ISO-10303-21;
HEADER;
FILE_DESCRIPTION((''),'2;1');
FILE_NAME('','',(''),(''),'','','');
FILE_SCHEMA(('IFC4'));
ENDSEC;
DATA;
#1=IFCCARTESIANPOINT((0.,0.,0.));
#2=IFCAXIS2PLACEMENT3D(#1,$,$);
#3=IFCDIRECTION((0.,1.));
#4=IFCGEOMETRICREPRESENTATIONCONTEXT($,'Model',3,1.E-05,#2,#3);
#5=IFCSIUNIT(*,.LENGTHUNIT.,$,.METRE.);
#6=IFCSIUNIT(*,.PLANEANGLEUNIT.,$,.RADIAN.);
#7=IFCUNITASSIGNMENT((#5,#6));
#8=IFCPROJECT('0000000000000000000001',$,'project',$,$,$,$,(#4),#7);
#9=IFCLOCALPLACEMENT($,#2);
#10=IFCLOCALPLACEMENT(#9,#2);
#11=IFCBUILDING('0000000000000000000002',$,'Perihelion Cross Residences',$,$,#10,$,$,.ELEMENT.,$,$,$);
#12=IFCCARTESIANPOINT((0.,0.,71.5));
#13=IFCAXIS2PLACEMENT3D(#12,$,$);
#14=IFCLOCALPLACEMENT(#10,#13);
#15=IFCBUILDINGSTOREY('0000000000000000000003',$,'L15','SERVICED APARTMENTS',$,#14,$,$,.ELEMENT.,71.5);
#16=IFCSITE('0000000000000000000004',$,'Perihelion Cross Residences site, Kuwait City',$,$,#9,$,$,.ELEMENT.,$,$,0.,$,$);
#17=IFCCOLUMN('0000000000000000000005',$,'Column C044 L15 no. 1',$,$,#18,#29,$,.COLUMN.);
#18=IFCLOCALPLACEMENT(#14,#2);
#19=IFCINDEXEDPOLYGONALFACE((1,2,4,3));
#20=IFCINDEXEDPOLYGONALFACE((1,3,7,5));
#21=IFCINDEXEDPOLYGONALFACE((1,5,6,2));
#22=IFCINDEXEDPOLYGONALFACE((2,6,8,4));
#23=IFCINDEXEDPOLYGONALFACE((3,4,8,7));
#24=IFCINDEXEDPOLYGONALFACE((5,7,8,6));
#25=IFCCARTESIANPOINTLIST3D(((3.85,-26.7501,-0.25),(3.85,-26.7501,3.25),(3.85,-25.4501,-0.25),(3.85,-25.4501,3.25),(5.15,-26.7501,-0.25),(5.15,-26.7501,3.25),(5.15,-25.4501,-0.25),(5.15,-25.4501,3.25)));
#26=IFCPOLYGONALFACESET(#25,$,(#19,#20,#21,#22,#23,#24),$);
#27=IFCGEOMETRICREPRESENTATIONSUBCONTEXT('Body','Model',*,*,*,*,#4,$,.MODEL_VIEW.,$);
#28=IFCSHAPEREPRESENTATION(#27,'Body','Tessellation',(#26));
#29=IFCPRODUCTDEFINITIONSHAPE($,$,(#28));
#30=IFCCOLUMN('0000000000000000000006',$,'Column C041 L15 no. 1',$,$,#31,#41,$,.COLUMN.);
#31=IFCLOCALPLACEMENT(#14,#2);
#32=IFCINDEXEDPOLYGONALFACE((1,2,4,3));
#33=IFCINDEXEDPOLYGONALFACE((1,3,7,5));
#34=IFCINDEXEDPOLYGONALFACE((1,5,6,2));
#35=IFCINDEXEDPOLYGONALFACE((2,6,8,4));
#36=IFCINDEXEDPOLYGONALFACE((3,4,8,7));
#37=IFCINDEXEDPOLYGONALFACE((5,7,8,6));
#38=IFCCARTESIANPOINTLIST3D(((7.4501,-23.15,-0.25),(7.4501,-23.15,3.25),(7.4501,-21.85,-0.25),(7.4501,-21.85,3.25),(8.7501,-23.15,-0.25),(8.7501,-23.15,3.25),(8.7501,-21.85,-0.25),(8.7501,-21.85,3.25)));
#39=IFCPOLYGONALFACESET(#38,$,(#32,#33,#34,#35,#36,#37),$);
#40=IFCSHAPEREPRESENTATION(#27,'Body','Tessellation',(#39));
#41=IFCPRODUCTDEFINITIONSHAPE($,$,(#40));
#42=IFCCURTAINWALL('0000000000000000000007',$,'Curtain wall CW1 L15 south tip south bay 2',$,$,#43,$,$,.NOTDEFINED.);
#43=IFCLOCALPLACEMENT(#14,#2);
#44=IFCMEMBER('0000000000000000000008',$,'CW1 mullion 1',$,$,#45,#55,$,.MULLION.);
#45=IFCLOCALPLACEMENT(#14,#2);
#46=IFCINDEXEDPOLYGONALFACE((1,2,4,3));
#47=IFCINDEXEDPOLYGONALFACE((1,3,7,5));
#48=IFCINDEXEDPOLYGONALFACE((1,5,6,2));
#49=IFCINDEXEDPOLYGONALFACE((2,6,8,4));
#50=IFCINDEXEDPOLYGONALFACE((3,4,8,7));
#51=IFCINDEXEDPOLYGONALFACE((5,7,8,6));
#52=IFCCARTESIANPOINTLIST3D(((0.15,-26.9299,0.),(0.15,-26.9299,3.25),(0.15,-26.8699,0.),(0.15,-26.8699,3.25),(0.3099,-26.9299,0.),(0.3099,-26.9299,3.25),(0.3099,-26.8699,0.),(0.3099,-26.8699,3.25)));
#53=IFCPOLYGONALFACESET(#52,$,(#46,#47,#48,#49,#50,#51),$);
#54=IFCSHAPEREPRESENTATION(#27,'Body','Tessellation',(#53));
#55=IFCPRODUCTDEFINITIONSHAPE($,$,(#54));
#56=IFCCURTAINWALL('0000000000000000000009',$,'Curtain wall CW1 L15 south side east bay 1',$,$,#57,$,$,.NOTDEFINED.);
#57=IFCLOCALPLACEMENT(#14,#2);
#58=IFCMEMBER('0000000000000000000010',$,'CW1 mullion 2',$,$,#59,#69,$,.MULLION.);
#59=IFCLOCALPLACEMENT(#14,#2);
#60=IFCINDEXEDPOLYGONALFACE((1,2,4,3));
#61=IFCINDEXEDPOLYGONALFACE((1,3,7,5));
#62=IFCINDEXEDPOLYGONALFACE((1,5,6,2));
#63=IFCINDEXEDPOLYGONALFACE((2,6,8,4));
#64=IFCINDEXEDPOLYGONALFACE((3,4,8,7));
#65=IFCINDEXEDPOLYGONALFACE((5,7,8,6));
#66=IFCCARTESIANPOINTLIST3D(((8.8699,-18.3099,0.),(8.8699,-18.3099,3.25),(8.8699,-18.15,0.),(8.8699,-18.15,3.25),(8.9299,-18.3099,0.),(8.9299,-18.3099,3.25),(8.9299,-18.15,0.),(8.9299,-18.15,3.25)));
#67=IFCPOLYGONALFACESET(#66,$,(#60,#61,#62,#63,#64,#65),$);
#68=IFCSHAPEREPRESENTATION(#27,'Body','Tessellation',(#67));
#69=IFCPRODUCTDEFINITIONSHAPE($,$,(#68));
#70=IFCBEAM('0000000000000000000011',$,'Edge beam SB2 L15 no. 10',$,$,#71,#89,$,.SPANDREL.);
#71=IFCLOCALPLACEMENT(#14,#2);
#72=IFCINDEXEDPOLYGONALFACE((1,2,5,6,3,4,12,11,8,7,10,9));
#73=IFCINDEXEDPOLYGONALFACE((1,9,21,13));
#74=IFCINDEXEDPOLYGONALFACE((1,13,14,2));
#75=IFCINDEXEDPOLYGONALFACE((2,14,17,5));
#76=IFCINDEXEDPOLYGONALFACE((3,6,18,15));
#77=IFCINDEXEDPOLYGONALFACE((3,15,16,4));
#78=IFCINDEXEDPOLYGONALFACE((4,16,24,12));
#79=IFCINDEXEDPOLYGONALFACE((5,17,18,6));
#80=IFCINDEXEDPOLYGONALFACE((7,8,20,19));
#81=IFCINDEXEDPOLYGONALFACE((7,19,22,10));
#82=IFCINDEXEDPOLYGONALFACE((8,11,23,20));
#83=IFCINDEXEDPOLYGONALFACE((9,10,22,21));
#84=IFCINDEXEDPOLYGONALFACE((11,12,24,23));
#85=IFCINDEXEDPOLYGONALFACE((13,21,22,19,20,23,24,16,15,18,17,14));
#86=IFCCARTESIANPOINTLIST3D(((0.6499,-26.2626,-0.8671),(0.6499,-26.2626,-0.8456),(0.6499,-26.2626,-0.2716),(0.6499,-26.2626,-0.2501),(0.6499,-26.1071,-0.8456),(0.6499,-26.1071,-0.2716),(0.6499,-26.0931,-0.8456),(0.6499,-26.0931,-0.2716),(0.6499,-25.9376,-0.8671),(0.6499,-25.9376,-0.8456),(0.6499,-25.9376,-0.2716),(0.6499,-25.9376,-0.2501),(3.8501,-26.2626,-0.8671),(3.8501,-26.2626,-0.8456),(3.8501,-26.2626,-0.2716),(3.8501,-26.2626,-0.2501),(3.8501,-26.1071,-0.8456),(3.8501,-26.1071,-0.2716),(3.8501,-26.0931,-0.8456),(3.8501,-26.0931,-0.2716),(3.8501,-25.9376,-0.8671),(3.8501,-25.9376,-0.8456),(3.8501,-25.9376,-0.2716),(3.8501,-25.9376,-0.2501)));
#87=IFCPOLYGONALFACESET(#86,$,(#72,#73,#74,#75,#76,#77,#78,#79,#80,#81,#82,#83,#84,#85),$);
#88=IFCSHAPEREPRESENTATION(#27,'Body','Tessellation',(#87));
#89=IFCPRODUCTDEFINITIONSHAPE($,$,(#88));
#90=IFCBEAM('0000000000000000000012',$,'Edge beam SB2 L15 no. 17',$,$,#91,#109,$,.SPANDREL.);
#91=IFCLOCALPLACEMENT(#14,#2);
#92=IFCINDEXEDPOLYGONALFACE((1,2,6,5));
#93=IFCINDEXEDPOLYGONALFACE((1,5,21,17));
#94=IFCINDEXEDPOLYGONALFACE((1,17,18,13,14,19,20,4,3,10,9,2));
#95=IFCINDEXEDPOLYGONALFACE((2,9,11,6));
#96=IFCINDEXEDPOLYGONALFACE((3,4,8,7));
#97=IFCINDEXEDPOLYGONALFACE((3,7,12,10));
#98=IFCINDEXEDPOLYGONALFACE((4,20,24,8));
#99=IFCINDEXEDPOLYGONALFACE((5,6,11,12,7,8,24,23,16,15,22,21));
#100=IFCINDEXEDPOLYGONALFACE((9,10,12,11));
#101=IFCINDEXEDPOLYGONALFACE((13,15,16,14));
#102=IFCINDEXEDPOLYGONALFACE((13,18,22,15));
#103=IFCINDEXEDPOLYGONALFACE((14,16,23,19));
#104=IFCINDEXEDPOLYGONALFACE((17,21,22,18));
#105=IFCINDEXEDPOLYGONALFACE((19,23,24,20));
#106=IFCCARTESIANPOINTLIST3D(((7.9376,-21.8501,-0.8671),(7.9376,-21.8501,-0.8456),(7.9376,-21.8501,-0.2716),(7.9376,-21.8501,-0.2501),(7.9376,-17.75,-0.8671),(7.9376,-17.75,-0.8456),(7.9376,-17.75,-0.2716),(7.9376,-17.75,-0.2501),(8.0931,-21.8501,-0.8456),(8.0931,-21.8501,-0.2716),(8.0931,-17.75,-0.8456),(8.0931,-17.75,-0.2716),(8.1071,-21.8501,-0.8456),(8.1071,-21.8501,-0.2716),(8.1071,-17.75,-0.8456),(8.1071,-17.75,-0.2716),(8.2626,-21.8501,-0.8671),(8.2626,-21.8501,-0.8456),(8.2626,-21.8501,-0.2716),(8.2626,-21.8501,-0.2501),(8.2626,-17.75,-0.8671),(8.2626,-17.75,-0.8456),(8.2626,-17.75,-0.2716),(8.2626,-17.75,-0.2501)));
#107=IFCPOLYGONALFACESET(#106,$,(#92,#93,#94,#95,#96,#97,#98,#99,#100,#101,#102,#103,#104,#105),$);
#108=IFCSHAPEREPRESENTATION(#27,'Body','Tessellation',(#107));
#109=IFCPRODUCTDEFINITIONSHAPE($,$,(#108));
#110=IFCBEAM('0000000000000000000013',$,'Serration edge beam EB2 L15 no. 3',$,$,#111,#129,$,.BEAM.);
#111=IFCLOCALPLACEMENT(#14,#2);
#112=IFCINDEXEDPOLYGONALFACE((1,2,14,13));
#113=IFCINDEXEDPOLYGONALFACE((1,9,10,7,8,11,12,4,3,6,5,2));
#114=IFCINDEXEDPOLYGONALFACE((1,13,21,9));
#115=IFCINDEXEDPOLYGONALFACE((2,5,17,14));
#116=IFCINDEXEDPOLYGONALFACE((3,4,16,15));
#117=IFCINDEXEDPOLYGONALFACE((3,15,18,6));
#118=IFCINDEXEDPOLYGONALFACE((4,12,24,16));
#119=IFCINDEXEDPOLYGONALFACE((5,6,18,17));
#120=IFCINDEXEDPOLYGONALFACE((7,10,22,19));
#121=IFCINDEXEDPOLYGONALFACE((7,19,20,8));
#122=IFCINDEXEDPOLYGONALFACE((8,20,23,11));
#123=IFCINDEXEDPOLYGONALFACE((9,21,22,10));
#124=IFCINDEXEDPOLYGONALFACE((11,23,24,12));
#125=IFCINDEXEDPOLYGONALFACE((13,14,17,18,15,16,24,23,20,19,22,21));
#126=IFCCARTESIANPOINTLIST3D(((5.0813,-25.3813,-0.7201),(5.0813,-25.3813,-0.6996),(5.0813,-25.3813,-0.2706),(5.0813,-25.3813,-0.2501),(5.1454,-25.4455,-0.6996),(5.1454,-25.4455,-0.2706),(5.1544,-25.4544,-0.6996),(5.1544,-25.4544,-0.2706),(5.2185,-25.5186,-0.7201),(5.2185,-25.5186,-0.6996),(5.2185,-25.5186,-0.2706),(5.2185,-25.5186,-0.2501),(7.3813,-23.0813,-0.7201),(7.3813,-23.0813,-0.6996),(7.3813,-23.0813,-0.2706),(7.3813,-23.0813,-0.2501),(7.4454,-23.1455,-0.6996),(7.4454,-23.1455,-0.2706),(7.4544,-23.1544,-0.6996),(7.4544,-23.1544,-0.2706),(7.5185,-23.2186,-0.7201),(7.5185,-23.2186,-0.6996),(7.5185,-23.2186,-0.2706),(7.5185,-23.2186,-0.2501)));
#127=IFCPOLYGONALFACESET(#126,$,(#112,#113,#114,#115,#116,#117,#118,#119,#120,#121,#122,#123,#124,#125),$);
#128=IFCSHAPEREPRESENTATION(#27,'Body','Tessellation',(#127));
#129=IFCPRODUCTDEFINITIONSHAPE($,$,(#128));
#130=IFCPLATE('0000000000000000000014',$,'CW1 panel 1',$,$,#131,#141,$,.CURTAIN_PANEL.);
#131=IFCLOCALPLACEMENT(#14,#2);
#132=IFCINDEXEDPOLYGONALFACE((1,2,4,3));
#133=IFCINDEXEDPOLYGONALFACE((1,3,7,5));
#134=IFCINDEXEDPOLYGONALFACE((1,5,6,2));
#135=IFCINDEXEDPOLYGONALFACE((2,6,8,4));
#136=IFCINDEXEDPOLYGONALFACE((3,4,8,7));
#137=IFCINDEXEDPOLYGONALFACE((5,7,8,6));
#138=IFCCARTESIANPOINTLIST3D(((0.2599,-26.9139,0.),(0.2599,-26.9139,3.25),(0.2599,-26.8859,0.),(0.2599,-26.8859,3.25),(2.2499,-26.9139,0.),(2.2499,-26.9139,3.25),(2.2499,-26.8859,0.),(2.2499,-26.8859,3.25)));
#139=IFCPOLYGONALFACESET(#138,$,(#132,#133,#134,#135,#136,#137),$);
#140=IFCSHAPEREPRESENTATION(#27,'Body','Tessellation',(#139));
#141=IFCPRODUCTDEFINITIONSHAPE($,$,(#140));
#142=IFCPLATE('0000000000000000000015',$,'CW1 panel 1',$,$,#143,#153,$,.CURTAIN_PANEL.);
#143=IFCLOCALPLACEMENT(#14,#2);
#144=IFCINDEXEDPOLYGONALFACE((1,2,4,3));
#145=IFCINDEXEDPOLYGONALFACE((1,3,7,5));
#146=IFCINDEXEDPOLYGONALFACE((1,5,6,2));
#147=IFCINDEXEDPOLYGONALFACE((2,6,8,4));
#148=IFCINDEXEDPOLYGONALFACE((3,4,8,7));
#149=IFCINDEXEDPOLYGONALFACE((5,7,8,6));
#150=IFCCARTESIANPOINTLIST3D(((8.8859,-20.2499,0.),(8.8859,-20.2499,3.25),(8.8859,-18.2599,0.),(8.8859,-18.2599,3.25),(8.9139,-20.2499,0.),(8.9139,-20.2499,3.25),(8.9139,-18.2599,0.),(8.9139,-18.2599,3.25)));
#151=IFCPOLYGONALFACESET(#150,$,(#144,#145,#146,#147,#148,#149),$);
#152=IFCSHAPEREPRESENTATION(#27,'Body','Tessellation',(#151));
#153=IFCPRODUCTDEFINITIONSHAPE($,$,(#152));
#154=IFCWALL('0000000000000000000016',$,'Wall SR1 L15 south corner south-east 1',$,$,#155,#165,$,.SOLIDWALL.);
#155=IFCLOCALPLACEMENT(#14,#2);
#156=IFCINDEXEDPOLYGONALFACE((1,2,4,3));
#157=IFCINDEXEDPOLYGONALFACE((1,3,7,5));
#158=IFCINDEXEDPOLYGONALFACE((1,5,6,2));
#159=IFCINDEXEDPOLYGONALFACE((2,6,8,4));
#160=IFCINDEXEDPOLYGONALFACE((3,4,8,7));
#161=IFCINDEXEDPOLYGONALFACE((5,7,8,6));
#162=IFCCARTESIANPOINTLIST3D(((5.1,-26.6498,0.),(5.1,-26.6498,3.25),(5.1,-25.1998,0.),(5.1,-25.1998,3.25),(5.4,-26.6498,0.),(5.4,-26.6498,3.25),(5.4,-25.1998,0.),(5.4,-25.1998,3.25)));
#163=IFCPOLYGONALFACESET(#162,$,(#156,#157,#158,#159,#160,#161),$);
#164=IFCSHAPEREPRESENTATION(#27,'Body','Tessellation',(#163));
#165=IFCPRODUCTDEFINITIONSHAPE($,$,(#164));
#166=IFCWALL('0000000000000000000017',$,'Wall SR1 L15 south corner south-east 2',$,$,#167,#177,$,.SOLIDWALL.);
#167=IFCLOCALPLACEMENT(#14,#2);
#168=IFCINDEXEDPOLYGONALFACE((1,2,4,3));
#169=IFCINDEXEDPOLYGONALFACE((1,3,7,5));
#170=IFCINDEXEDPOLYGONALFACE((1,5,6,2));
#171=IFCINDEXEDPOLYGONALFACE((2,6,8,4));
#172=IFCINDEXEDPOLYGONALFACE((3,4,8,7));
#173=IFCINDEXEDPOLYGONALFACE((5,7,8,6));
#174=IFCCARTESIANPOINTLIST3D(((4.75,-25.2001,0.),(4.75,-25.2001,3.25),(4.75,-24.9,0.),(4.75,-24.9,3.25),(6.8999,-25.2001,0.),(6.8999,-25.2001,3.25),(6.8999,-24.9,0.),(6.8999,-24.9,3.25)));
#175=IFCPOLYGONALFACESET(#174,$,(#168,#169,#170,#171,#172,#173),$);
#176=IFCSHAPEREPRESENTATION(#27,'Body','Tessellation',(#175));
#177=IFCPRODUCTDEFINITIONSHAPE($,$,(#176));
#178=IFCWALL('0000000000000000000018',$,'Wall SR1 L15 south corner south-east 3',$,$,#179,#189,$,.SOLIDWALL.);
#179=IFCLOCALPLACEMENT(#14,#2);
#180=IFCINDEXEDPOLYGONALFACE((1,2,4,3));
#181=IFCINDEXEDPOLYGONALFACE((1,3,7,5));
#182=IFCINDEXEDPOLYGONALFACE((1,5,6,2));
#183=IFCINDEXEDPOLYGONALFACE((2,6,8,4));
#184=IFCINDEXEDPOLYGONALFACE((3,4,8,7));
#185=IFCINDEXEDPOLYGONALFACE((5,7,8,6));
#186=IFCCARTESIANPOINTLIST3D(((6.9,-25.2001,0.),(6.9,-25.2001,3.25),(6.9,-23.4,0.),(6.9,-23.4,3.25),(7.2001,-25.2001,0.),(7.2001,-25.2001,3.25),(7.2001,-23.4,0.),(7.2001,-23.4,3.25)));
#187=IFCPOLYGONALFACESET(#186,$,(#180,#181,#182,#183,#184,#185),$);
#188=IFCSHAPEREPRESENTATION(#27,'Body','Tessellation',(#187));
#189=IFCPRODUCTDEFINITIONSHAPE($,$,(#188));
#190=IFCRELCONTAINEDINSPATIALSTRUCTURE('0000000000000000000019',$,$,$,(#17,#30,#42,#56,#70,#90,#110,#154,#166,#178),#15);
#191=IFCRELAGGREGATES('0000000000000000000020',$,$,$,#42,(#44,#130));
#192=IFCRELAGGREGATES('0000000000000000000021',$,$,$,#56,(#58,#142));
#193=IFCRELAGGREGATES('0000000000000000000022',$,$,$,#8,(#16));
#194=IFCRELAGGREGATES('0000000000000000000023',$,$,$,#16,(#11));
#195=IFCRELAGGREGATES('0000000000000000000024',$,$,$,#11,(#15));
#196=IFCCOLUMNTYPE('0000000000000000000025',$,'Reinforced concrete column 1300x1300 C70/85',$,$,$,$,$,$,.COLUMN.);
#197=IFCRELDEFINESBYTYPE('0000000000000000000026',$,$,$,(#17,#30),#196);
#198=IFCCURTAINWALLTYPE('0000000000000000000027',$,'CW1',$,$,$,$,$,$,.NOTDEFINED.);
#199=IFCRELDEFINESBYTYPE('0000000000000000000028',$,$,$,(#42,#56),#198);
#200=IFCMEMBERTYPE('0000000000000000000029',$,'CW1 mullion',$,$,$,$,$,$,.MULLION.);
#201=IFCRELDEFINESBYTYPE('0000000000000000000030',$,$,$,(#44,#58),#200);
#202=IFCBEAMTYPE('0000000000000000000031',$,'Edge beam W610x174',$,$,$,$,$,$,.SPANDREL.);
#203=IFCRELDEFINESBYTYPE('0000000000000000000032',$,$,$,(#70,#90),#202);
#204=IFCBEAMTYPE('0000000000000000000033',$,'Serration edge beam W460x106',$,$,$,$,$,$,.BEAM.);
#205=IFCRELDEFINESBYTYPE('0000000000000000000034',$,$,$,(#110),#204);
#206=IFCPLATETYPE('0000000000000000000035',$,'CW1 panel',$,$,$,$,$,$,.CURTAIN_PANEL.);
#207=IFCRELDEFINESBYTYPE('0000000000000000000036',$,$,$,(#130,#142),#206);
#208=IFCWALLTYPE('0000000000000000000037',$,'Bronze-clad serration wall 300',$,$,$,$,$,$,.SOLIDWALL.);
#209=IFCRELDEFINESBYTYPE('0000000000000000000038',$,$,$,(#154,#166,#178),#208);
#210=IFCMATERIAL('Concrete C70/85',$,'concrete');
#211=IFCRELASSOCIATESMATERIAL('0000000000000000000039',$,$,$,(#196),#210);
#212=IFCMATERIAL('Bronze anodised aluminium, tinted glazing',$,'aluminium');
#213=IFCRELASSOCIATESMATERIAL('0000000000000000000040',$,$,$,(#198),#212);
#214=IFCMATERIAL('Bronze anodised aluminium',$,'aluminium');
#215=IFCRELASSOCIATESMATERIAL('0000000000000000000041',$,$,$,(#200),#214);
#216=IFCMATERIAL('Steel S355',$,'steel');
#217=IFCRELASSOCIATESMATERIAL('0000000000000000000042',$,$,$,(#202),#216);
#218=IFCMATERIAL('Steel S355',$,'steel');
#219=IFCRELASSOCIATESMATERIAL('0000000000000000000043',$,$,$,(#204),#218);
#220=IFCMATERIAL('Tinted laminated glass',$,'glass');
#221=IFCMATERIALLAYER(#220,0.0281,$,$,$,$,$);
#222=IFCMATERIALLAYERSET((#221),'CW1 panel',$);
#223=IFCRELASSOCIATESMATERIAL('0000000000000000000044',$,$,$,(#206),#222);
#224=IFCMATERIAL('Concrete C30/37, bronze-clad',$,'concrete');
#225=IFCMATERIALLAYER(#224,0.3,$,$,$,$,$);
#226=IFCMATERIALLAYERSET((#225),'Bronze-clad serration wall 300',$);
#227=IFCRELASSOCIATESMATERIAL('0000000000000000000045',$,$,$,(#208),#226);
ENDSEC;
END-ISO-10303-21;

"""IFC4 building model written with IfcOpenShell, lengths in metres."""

from ifc_helpers import new_model, si_unit, direction, frame, frame_2d, origin, origin_2d, place, context, subcontext, project, spatial, rectangle, i_section, extrude, material, layer, layer_set, material_profile, profile_set, type_object, element, aggregate, save


model = new_model("IFC4")

# Units and contexts
model_context = context("Model", 3, precision=1e-05, world=origin(), true_north=direction((0.0, 1.0)))
body_context = subcontext(model_context, "Body", "Model", "MODEL_VIEW")
ifc_project = project(units=[si_unit("LENGTHUNIT", "METRE"), si_unit("PLANEANGLEUNIT", "RADIAN")], contexts=[model_context])

# Site, building, storey
site_placement = place(None, origin())
site = spatial("IfcSite", under=ifc_project, at=site_placement, Name="Perihelion Cross Residences site, Kuwait City", CompositionType="ELEMENT", RefElevation=0.0)
building_placement = place(site_placement, origin())
building = spatial("IfcBuilding", under=site, at=building_placement, Name="Perihelion Cross Residences", CompositionType="ELEMENT")
storey_placement = place(building_placement, frame((0.0, 0.0, 71.5)))
storey = spatial("IfcBuildingStorey", under=building, at=storey_placement, Name="L15", Description="SERVICED APARTMENTS", CompositionType="ELEMENT", Elevation=71.5)

# Columns
ifc_material_1 = material(Name="Concrete C70/85", Category="concrete")
ifc_material_profile_1 = material_profile(ifc_material_1, rectangle(XDim=1.3, YDim=1.3, at=origin_2d()), Name="RC 1300x1300")
ifc_profile_set_1 = profile_set([ifc_material_profile_1], Name="Concrete C70/85")
column_type = type_object("IfcColumnType", Name="Reinforced concrete column 1300x1300 C70/85", PredefinedType="COLUMN", material=ifc_profile_set_1)
for number, where, z_axis, x_axis, name in (
    (1, (4.5, -26.1001, -0.25), (0.0, 0.0, 1.0), (1.0, 0.0, 0.0), "Column C044 L15 no. 1"),
    (2, (8.1001, -22.5, -0.25), (0.0, 0.0, 1.0), (1.0, 0.0, 0.0), "Column C041 L15 no. 1"),
):
    element("IfcColumn", number, at=place(storey_placement, frame(where, z_axis=z_axis, x_axis=x_axis)), inside=storey, type_object=column_type, Name=name, PredefinedType="COLUMN", context=body_context, shape_type="SweptSolid", body=[
        extrude(rectangle(XDim=1.3, YDim=1.3, at=origin_2d()), origin(), (0.0, 0.0, 1.0), 3.5),
    ])

# Curtain walls, members
ifc_material_2 = material(Name="Bronze anodised aluminium, tinted glazing", Category="aluminium")
curtain_wall_type = type_object("IfcCurtainWallType", Name="CW1", PredefinedType="NOTDEFINED", material=ifc_material_2)
curtain_wall_1_placement = place(storey_placement, origin())
curtain_wall_1 = element("IfcCurtainWall", 3, at=curtain_wall_1_placement, inside=storey, type_object=curtain_wall_type, Name="Curtain wall CW1 L15 south tip south bay 2", PredefinedType="NOTDEFINED")
ifc_material_3 = material(Name="Bronze anodised aluminium", Category="aluminium")
ifc_material_profile_2 = material_profile(ifc_material_3, rectangle(XDim=0.0601, YDim=0.1599, at=origin_2d()), Name="CW1 mullion")
ifc_profile_set_2 = profile_set([ifc_material_profile_2], Name="Bronze anodised aluminium")
member_type = type_object("IfcMemberType", Name="CW1 mullion", PredefinedType="MULLION", material=ifc_profile_set_2)
member_1_placement = place(storey_placement, frame((0.23, -26.8999, 0.0), z_axis=(0.0, 0.0, 1.0), x_axis=(0.0, 1.0, 0.0)))
member_1 = element("IfcMember", 4, at=member_1_placement, type_object=member_type, Name="CW1 mullion 1", PredefinedType="MULLION", context=body_context, shape_type="SweptSolid", body=[
    extrude(rectangle(XDim=0.0601, YDim=0.1599, at=origin_2d()), origin(), (0.0, 0.0, 1.0), 3.25),
])
curtain_wall_2_placement = place(storey_placement, origin())
curtain_wall_2 = element("IfcCurtainWall", 5, at=curtain_wall_2_placement, inside=storey, type_object=curtain_wall_type, Name="Curtain wall CW1 L15 south side east bay 1", PredefinedType="NOTDEFINED")
member_2_placement = place(storey_placement, frame((8.8999, -18.23, 0.0), z_axis=(0.0, 0.0, 1.0), x_axis=(-1.0, 0.0, 0.0)))
member_2 = element("IfcMember", 6, at=member_2_placement, type_object=member_type, Name="CW1 mullion 2", PredefinedType="MULLION", context=body_context, shape_type="SweptSolid", body=[
    extrude(rectangle(XDim=0.0601, YDim=0.1599, at=origin_2d()), origin(), (0.0, 0.0, 1.0), 3.25),
])

# Beams
ifc_material_4 = material(Name="Steel S355", Category="steel")
ifc_material_profile_3 = material_profile(ifc_material_4, i_section(OverallWidth=0.325, OverallDepth=0.6169, WebThickness=0.0139, FlangeThickness=0.0215, at=origin_2d()), Name="W610x174")
ifc_profile_set_3 = profile_set([ifc_material_profile_3], Name="Steel S355")
beam_type_1 = type_object("IfcBeamType", Name="Edge beam W610x174", PredefinedType="SPANDREL", material=ifc_profile_set_3)
beam_1_placement = place(storey_placement, frame((0.6499, -26.1001, -0.5586), z_axis=(1.0, 0.0, 0.0), x_axis=(0.0, 1.0, 0.0)))
element("IfcBeam", 7, at=beam_1_placement, inside=storey, type_object=beam_type_1, Name="Edge beam SB2 L15 no. 10", PredefinedType="SPANDREL", context=body_context, shape_type="SweptSolid", body=[
    extrude(i_section(OverallWidth=0.325, OverallDepth=0.6169, WebThickness=0.0139, FlangeThickness=0.0215, at=origin_2d()), origin(), (0.0, 0.0, 1.0), 3.2002),
])
beam_2_placement = place(storey_placement, frame((8.1001, -21.8501, -0.5586), z_axis=(0.0, 1.0, 0.0), x_axis=(-1.0, 0.0, 0.0)))
element("IfcBeam", 8, at=beam_2_placement, inside=storey, type_object=beam_type_1, Name="Edge beam SB2 L15 no. 17", PredefinedType="SPANDREL", context=body_context, shape_type="SweptSolid", body=[
    extrude(i_section(OverallWidth=0.325, OverallDepth=0.6169, WebThickness=0.0139, FlangeThickness=0.0215, at=origin_2d()), origin(), (0.0, 0.0, 1.0), 4.1001),
])
ifc_material_5 = material(Name="Steel S355", Category="steel")
ifc_material_profile_4 = material_profile(ifc_material_5, i_section(OverallWidth=0.1941, OverallDepth=0.47, WebThickness=0.0127, FlangeThickness=0.0205, at=origin_2d()), Name="W460x106")
ifc_profile_set_4 = profile_set([ifc_material_profile_4], Name="Steel S355")
beam_type_2 = type_object("IfcBeamType", Name="Serration edge beam W460x106", PredefinedType="BEAM", material=ifc_profile_set_4)
beam_3_placement = place(storey_placement, frame((5.1499, -25.45, -0.4851), z_axis=(0.707107, 0.707107, 0.0), x_axis=(-0.707107, 0.707107, 0.0)))
element("IfcBeam", 9, at=beam_3_placement, inside=storey, type_object=beam_type_2, Name="Serration edge beam EB2 L15 no. 3", PredefinedType="BEAM", context=body_context, shape_type="SweptSolid", body=[
    extrude(i_section(OverallWidth=0.1941, OverallDepth=0.47, WebThickness=0.0127, FlangeThickness=0.0205, at=origin_2d()), origin(), (0.0, 0.0, 1.0), 3.2527),
])

# Plates
ifc_material_6 = material(Name="Tinted laminated glass", Category="glass")
ifc_layer_1 = layer(ifc_material_6, 0.0281)
ifc_layer_set_1 = layer_set([ifc_layer_1], Name="CW1 panel")
plate_type = type_object("IfcPlateType", Name="CW1 panel", PredefinedType="CURTAIN_PANEL", material=ifc_layer_set_1)
plate_1_placement = place(storey_placement, frame((1.2549, -26.8999, 0.0), z_axis=(0.0, 0.0, 1.0), x_axis=(1.0, 0.0, 0.0)))
plate_1 = element("IfcPlate", 10, at=plate_1_placement, type_object=plate_type, Name="CW1 panel 1", PredefinedType="CURTAIN_PANEL", context=body_context, shape_type="SweptSolid", body=[
    extrude(rectangle(XDim=1.99, YDim=0.0281, at=origin_2d()), origin(), (0.0, 0.0, 1.0), 3.25),
])
aggregate(curtain_wall_1, [member_1, plate_1])
plate_2_placement = place(storey_placement, frame((8.8999, -19.2549, 0.0), z_axis=(0.0, 0.0, 1.0), x_axis=(0.0, 1.0, 0.0)))
plate_2 = element("IfcPlate", 11, at=plate_2_placement, type_object=plate_type, Name="CW1 panel 1", PredefinedType="CURTAIN_PANEL", context=body_context, shape_type="SweptSolid", body=[
    extrude(rectangle(XDim=1.99, YDim=0.0281, at=origin_2d()), origin(), (0.0, 0.0, 1.0), 3.25),
])
aggregate(curtain_wall_2, [member_2, plate_2])

# Walls
ifc_material_7 = material(Name="Concrete C30/37, bronze-clad", Category="concrete")
ifc_layer_2 = layer(ifc_material_7, 0.3)
ifc_layer_set_2 = layer_set([ifc_layer_2], Name="Bronze-clad serration wall 300")
wall_type_1 = type_object("IfcWallType", Name="Bronze-clad serration wall 300", PredefinedType="SOLIDWALL", material=ifc_layer_set_2)
wall_1_placement = place(storey_placement, frame((5.25, -26.6499, 0.0), z_axis=(0.0, 0.0, 1.0), x_axis=(0.0, 1.0, 0.0)))
element("IfcWall", 12, at=wall_1_placement, inside=storey, type_object=wall_type_1, Name="Wall SR1 L15 south corner south-east 1", PredefinedType="SOLIDWALL", context=body_context, shape_type="SweptSolid", body=[
    extrude(rectangle(XDim=1.45, YDim=0.3, at=frame_2d((0.7251, 0.0))), origin(), (0.0, 0.0, 1.0), 3.25),
])
wall_2_placement = place(storey_placement, frame((4.75, -25.05, 0.0), z_axis=(0.0, 0.0, 1.0), x_axis=(1.0, 0.0, 0.0)))
element("IfcWall", 13, at=wall_2_placement, inside=storey, type_object=wall_type_1, Name="Wall SR1 L15 south corner south-east 2", PredefinedType="SOLIDWALL", context=body_context, shape_type="SweptSolid", body=[
    extrude(rectangle(XDim=2.1499, YDim=0.3, at=frame_2d((1.075, 0.0))), origin(), (0.0, 0.0, 1.0), 3.25),
])
wall_3_placement = place(storey_placement, frame((7.05, -25.2, 0.0), z_axis=(0.0, 0.0, 1.0), x_axis=(0.0, 1.0, 0.0)))
element("IfcWall", 14, at=wall_3_placement, inside=storey, type_object=wall_type_1, Name="Wall SR1 L15 south corner south-east 3", PredefinedType="SOLIDWALL", context=body_context, shape_type="SweptSolid", body=[
    extrude(rectangle(XDim=1.8, YDim=0.3, at=frame_2d((0.8999, 0.0))), origin(), (0.0, 0.0, 1.0), 3.25),
])

save(model, "model.ifc")
